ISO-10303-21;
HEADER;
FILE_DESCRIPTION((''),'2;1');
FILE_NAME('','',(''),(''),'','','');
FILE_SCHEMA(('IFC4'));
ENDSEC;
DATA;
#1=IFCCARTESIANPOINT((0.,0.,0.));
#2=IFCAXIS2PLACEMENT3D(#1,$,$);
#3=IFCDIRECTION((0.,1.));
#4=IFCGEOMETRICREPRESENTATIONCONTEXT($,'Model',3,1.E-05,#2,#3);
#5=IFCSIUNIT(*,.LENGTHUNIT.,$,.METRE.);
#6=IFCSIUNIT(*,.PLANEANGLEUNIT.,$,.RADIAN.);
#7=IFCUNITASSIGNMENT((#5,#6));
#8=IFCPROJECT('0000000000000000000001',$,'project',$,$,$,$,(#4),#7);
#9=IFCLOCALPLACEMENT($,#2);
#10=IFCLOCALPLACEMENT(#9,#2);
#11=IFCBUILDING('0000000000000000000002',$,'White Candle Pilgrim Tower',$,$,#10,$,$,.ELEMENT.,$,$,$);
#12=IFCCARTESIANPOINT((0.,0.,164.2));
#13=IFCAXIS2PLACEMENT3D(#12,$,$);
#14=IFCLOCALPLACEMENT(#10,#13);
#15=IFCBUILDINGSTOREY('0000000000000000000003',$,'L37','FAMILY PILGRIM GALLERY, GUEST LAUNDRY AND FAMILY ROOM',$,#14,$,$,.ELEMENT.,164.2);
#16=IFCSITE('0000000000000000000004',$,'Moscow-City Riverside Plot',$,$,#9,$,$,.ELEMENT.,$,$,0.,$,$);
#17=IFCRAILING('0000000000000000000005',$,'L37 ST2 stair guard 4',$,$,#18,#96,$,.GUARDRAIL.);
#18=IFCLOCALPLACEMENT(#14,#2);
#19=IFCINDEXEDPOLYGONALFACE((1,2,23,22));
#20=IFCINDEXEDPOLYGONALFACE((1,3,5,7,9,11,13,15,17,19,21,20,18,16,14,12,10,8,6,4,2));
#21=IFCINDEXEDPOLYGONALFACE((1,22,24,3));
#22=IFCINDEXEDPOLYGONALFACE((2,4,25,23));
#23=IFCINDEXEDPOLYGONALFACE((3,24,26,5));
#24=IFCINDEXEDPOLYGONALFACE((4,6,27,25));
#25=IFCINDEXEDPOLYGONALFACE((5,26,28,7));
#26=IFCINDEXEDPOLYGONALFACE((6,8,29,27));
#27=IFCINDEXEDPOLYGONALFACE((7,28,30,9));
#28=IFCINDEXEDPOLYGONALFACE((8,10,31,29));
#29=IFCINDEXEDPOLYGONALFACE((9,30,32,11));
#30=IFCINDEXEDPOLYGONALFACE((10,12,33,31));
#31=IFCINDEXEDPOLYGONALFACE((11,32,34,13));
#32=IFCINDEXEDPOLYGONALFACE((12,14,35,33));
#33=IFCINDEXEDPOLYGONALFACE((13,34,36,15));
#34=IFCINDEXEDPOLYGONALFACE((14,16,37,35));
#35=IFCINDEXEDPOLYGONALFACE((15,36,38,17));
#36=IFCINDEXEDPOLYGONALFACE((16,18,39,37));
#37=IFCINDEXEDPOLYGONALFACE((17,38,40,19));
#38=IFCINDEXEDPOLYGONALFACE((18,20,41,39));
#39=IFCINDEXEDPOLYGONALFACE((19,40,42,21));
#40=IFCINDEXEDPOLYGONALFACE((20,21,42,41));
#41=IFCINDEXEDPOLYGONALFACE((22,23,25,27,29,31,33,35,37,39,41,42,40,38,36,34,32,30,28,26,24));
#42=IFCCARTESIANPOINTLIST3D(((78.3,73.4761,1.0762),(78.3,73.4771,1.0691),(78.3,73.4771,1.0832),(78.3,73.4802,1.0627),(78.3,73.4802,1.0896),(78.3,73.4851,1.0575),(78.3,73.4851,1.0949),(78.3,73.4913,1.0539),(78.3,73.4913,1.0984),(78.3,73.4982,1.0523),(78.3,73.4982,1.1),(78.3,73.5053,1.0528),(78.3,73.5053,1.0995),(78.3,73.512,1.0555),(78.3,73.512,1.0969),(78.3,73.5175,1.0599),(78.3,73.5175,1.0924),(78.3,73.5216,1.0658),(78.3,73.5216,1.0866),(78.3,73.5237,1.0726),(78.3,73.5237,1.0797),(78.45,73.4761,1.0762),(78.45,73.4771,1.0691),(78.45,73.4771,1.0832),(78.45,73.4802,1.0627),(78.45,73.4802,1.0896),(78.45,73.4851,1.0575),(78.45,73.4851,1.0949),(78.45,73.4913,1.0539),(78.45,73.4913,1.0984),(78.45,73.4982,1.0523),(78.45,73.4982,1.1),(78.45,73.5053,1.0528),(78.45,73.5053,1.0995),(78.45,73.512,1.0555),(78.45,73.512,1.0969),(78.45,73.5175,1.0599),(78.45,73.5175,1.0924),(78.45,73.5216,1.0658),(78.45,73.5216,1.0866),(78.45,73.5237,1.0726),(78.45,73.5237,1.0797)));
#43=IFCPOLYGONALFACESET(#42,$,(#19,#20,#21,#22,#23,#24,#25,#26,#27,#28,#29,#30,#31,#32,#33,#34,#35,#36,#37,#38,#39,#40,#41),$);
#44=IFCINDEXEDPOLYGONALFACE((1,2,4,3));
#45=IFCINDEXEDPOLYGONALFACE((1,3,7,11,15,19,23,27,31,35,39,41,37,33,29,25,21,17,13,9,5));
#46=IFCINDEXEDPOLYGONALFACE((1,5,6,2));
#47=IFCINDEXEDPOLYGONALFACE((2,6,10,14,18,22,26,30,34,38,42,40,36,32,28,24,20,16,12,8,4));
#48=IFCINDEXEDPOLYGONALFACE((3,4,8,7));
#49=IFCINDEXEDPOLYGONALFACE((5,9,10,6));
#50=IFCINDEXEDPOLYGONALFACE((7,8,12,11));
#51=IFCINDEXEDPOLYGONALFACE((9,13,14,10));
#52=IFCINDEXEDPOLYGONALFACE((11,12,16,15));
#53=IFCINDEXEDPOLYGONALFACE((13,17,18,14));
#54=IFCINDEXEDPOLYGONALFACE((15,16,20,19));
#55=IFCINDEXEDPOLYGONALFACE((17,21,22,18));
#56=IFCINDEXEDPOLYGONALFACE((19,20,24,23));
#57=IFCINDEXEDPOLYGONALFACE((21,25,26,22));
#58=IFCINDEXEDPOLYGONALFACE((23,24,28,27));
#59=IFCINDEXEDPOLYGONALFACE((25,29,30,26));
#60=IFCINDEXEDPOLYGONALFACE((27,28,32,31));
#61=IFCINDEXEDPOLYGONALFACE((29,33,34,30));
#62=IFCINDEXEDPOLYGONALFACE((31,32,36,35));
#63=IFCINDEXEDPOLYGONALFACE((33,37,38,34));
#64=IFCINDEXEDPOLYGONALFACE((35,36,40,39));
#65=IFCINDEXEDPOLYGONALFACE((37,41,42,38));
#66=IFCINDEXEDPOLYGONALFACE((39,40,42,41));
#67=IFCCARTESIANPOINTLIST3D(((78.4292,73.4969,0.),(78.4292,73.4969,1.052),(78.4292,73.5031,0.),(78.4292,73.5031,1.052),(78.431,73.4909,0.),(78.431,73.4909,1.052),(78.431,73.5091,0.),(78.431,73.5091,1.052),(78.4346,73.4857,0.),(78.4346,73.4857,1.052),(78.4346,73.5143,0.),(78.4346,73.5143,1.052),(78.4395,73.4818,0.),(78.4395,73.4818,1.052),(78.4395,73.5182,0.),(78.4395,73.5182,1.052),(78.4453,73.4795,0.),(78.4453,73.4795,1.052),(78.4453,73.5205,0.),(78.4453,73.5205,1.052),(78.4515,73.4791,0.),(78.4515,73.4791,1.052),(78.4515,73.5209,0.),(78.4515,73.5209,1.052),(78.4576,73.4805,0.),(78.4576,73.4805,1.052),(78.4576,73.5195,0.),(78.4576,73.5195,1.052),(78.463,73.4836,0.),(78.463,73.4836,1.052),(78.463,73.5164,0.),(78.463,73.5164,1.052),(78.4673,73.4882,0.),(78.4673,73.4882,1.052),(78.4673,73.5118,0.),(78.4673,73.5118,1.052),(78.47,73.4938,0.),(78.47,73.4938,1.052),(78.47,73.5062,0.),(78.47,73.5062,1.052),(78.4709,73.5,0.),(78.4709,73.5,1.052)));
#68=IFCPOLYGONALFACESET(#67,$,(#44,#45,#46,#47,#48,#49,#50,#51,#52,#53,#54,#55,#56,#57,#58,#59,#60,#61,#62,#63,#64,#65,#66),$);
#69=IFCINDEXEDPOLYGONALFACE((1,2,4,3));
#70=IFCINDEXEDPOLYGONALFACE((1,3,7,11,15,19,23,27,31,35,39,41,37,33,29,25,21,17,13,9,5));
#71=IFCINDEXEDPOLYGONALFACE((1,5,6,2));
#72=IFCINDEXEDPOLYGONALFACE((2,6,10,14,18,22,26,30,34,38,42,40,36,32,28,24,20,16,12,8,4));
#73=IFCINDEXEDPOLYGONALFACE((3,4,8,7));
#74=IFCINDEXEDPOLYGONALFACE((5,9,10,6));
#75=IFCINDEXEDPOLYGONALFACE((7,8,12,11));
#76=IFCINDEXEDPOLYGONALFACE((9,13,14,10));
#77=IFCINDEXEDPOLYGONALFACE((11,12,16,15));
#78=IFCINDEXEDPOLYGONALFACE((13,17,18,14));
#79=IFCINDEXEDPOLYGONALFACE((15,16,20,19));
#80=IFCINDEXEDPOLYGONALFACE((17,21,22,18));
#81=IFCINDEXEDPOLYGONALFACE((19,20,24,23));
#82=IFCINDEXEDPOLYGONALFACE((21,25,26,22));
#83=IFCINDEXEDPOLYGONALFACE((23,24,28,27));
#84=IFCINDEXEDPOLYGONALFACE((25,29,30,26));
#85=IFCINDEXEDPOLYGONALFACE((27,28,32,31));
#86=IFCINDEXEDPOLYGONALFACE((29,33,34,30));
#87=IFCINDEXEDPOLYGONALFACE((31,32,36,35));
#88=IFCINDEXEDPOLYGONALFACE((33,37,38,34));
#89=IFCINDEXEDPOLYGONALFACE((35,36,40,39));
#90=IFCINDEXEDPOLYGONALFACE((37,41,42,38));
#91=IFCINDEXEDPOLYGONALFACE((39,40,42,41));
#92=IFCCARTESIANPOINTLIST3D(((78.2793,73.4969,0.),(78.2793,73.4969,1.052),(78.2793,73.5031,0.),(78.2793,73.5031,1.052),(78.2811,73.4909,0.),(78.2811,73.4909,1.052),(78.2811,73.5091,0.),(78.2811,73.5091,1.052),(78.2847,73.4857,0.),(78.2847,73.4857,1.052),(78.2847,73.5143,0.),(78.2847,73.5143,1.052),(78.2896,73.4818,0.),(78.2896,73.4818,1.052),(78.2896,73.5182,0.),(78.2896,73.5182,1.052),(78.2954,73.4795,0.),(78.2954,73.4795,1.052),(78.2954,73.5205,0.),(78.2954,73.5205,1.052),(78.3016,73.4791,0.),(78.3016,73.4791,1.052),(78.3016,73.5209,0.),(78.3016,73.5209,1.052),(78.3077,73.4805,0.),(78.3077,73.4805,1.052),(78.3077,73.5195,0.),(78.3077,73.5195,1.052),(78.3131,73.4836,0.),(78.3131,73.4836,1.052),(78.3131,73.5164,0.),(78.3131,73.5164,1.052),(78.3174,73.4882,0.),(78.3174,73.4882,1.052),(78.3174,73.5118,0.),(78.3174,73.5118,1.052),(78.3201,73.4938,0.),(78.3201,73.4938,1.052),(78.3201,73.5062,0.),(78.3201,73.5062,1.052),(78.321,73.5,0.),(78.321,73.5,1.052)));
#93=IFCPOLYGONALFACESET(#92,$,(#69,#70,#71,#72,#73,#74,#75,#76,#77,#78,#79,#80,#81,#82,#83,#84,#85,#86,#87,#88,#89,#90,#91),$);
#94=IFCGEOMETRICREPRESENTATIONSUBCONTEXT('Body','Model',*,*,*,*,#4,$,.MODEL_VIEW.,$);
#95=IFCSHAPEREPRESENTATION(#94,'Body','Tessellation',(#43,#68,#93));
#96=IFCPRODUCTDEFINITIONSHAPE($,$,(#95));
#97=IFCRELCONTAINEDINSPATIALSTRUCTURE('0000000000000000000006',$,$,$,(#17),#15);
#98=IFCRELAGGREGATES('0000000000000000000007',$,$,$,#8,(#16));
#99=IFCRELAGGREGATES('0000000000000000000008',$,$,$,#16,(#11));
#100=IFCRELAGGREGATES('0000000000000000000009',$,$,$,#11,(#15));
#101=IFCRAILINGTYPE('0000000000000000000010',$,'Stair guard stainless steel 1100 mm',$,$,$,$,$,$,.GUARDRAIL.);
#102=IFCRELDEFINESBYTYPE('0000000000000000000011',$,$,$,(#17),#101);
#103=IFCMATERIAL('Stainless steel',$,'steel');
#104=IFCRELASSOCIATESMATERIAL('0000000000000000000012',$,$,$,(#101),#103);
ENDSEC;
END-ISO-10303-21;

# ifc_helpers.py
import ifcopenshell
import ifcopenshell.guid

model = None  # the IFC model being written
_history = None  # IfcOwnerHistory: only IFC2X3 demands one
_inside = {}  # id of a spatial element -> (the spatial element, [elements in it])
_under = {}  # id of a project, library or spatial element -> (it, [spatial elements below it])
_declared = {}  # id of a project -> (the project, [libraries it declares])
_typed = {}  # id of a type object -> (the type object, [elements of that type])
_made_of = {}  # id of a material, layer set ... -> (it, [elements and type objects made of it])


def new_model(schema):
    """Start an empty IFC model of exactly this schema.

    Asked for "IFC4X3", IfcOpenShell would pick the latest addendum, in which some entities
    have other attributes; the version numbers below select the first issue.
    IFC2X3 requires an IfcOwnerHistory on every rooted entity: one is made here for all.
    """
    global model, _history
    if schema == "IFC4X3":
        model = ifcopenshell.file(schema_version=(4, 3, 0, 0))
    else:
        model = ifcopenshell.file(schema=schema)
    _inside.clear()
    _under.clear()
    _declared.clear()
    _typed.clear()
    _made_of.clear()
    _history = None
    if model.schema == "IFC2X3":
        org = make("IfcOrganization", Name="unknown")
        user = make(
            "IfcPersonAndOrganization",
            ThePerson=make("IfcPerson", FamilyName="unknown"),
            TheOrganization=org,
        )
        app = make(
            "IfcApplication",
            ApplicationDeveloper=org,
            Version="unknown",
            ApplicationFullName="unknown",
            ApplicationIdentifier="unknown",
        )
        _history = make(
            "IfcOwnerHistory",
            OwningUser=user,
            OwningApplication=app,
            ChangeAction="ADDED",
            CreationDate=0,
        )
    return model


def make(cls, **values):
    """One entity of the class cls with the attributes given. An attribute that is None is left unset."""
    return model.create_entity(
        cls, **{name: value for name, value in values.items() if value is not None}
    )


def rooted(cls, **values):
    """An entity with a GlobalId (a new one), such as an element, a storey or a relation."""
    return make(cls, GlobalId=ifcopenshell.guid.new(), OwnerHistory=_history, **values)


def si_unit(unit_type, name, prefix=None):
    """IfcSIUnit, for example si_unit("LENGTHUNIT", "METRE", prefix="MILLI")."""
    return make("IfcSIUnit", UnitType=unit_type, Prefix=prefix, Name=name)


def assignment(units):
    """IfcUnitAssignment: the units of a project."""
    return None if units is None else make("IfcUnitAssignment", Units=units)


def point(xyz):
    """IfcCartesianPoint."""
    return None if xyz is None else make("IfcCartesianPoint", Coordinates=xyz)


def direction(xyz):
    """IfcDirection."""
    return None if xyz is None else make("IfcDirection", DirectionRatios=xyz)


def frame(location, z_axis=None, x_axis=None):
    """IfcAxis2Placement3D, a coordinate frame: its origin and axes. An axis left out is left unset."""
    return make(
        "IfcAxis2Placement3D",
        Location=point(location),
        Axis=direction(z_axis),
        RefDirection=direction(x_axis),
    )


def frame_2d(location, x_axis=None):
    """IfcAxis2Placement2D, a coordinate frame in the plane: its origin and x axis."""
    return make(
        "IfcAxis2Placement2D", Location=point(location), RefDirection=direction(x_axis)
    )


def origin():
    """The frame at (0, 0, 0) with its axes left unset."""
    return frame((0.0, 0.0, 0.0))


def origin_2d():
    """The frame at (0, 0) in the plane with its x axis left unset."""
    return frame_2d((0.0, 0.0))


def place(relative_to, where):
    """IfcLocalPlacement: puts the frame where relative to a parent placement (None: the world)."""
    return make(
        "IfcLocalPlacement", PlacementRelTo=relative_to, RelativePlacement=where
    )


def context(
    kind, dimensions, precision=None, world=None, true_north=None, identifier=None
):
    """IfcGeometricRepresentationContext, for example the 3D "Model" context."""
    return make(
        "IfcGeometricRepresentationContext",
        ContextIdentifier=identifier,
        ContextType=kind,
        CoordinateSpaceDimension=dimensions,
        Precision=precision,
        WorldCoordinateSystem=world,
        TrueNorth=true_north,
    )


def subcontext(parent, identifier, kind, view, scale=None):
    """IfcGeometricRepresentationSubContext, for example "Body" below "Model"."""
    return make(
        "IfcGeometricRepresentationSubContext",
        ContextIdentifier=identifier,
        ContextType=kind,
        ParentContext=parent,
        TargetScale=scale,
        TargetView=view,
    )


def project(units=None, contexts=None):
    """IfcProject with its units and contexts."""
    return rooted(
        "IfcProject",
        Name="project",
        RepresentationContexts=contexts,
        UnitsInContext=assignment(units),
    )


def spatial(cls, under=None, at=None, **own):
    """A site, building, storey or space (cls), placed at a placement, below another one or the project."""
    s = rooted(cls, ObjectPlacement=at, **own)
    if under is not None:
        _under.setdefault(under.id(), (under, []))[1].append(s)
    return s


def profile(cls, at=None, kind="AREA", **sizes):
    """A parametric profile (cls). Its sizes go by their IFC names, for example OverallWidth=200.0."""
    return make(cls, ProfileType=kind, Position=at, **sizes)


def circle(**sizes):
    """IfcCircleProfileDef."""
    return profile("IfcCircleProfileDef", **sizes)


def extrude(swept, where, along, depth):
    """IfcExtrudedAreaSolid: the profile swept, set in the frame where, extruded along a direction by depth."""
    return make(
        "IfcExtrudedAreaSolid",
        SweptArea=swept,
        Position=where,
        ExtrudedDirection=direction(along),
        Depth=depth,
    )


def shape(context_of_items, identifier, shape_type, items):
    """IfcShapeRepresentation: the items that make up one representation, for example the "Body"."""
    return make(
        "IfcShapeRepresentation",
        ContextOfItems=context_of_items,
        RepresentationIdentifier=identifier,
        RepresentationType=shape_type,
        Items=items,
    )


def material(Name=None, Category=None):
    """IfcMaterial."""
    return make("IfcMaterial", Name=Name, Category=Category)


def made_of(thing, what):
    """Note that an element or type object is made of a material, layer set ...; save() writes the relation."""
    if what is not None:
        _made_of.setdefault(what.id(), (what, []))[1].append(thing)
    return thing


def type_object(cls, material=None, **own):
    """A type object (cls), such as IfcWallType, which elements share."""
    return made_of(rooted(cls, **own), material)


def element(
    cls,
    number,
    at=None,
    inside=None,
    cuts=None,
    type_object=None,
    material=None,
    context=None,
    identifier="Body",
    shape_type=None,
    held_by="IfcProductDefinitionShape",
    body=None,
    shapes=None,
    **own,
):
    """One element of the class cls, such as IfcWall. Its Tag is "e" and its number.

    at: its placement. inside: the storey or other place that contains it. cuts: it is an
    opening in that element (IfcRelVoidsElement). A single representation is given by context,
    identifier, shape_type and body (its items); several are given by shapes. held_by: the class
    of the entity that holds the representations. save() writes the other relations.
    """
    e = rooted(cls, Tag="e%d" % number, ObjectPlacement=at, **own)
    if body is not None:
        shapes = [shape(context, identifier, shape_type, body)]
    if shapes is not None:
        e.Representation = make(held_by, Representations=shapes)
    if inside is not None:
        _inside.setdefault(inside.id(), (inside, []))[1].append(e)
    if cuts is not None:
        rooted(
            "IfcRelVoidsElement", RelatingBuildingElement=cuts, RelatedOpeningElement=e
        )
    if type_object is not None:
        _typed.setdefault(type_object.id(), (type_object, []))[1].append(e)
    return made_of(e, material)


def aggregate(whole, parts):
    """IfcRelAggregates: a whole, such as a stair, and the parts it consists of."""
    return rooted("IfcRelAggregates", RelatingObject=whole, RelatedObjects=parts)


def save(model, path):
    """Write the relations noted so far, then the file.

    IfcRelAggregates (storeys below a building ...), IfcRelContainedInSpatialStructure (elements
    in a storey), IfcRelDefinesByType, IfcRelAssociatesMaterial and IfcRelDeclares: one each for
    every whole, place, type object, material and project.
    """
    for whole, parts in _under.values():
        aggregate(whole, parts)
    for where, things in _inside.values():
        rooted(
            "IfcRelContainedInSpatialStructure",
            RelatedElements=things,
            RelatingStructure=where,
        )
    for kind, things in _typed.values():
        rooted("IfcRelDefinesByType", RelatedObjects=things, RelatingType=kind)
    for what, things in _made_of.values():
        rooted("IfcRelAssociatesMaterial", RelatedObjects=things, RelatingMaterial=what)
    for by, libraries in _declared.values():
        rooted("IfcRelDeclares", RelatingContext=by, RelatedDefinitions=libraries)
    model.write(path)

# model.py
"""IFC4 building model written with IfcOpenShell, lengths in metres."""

from ifc_helpers import new_model, si_unit, direction, frame, origin, origin_2d, place, context, subcontext, project, spatial, circle, extrude, material, type_object, element, save


model = new_model("IFC4")

# Units and contexts
model_context = context("Model", 3, precision=1e-05, world=origin(), true_north=direction((0.0, 1.0)))
body_context = subcontext(model_context, "Body", "Model", "MODEL_VIEW")
ifc_project = project(units=[si_unit("LENGTHUNIT", "METRE"), si_unit("PLANEANGLEUNIT", "RADIAN")], contexts=[model_context])

# Site, building, storey
site_placement = place(None, origin())
site = spatial("IfcSite", under=ifc_project, at=site_placement, Name="Moscow-City Riverside Plot", CompositionType="ELEMENT", RefElevation=0.0)
building_placement = place(site_placement, origin())
building = spatial("IfcBuilding", under=site, at=building_placement, Name="White Candle Pilgrim Tower", CompositionType="ELEMENT")
storey_placement = place(building_placement, frame((0.0, 0.0, 164.2)))
storey = spatial("IfcBuildingStorey", under=building, at=storey_placement, Name="L37", Description="FAMILY PILGRIM GALLERY, GUEST LAUNDRY AND FAMILY ROOM", CompositionType="ELEMENT", Elevation=164.2)

# Railing
ifc_material_1 = material(Name="Stainless steel", Category="steel")
railing_type_1 = type_object("IfcRailingType", Name="Stair guard stainless steel 1100 mm", PredefinedType="GUARDRAIL", material=ifc_material_1)
railing_1_placement = place(storey_placement, frame((78.45, 73.5, 0.0)))
element("IfcRailing", 1, at=railing_1_placement, inside=storey, type_object=railing_type_1, Name="L37 ST2 stair guard 4", PredefinedType="GUARDRAIL", context=body_context, shape_type="SweptSolid", body=[
    extrude(circle(Radius=0.0239, at=origin_2d()), frame((0.0, 0.0, 1.0762), z_axis=(-1.0, 0.0, 0.0), x_axis=(0.0, -1.0, 0.0)), (0.0, 0.0, 1.0), 0.1499),
    extrude(circle(Radius=0.021, at=origin_2d()), origin(), (0.0, 0.0, 1.0), 1.052),
    extrude(circle(Radius=0.021, at=origin_2d()), frame((-0.1499, 0.0, 0.0)), (0.0, 0.0, 1.0), 1.052),
])

save(model, "model.ifc")
